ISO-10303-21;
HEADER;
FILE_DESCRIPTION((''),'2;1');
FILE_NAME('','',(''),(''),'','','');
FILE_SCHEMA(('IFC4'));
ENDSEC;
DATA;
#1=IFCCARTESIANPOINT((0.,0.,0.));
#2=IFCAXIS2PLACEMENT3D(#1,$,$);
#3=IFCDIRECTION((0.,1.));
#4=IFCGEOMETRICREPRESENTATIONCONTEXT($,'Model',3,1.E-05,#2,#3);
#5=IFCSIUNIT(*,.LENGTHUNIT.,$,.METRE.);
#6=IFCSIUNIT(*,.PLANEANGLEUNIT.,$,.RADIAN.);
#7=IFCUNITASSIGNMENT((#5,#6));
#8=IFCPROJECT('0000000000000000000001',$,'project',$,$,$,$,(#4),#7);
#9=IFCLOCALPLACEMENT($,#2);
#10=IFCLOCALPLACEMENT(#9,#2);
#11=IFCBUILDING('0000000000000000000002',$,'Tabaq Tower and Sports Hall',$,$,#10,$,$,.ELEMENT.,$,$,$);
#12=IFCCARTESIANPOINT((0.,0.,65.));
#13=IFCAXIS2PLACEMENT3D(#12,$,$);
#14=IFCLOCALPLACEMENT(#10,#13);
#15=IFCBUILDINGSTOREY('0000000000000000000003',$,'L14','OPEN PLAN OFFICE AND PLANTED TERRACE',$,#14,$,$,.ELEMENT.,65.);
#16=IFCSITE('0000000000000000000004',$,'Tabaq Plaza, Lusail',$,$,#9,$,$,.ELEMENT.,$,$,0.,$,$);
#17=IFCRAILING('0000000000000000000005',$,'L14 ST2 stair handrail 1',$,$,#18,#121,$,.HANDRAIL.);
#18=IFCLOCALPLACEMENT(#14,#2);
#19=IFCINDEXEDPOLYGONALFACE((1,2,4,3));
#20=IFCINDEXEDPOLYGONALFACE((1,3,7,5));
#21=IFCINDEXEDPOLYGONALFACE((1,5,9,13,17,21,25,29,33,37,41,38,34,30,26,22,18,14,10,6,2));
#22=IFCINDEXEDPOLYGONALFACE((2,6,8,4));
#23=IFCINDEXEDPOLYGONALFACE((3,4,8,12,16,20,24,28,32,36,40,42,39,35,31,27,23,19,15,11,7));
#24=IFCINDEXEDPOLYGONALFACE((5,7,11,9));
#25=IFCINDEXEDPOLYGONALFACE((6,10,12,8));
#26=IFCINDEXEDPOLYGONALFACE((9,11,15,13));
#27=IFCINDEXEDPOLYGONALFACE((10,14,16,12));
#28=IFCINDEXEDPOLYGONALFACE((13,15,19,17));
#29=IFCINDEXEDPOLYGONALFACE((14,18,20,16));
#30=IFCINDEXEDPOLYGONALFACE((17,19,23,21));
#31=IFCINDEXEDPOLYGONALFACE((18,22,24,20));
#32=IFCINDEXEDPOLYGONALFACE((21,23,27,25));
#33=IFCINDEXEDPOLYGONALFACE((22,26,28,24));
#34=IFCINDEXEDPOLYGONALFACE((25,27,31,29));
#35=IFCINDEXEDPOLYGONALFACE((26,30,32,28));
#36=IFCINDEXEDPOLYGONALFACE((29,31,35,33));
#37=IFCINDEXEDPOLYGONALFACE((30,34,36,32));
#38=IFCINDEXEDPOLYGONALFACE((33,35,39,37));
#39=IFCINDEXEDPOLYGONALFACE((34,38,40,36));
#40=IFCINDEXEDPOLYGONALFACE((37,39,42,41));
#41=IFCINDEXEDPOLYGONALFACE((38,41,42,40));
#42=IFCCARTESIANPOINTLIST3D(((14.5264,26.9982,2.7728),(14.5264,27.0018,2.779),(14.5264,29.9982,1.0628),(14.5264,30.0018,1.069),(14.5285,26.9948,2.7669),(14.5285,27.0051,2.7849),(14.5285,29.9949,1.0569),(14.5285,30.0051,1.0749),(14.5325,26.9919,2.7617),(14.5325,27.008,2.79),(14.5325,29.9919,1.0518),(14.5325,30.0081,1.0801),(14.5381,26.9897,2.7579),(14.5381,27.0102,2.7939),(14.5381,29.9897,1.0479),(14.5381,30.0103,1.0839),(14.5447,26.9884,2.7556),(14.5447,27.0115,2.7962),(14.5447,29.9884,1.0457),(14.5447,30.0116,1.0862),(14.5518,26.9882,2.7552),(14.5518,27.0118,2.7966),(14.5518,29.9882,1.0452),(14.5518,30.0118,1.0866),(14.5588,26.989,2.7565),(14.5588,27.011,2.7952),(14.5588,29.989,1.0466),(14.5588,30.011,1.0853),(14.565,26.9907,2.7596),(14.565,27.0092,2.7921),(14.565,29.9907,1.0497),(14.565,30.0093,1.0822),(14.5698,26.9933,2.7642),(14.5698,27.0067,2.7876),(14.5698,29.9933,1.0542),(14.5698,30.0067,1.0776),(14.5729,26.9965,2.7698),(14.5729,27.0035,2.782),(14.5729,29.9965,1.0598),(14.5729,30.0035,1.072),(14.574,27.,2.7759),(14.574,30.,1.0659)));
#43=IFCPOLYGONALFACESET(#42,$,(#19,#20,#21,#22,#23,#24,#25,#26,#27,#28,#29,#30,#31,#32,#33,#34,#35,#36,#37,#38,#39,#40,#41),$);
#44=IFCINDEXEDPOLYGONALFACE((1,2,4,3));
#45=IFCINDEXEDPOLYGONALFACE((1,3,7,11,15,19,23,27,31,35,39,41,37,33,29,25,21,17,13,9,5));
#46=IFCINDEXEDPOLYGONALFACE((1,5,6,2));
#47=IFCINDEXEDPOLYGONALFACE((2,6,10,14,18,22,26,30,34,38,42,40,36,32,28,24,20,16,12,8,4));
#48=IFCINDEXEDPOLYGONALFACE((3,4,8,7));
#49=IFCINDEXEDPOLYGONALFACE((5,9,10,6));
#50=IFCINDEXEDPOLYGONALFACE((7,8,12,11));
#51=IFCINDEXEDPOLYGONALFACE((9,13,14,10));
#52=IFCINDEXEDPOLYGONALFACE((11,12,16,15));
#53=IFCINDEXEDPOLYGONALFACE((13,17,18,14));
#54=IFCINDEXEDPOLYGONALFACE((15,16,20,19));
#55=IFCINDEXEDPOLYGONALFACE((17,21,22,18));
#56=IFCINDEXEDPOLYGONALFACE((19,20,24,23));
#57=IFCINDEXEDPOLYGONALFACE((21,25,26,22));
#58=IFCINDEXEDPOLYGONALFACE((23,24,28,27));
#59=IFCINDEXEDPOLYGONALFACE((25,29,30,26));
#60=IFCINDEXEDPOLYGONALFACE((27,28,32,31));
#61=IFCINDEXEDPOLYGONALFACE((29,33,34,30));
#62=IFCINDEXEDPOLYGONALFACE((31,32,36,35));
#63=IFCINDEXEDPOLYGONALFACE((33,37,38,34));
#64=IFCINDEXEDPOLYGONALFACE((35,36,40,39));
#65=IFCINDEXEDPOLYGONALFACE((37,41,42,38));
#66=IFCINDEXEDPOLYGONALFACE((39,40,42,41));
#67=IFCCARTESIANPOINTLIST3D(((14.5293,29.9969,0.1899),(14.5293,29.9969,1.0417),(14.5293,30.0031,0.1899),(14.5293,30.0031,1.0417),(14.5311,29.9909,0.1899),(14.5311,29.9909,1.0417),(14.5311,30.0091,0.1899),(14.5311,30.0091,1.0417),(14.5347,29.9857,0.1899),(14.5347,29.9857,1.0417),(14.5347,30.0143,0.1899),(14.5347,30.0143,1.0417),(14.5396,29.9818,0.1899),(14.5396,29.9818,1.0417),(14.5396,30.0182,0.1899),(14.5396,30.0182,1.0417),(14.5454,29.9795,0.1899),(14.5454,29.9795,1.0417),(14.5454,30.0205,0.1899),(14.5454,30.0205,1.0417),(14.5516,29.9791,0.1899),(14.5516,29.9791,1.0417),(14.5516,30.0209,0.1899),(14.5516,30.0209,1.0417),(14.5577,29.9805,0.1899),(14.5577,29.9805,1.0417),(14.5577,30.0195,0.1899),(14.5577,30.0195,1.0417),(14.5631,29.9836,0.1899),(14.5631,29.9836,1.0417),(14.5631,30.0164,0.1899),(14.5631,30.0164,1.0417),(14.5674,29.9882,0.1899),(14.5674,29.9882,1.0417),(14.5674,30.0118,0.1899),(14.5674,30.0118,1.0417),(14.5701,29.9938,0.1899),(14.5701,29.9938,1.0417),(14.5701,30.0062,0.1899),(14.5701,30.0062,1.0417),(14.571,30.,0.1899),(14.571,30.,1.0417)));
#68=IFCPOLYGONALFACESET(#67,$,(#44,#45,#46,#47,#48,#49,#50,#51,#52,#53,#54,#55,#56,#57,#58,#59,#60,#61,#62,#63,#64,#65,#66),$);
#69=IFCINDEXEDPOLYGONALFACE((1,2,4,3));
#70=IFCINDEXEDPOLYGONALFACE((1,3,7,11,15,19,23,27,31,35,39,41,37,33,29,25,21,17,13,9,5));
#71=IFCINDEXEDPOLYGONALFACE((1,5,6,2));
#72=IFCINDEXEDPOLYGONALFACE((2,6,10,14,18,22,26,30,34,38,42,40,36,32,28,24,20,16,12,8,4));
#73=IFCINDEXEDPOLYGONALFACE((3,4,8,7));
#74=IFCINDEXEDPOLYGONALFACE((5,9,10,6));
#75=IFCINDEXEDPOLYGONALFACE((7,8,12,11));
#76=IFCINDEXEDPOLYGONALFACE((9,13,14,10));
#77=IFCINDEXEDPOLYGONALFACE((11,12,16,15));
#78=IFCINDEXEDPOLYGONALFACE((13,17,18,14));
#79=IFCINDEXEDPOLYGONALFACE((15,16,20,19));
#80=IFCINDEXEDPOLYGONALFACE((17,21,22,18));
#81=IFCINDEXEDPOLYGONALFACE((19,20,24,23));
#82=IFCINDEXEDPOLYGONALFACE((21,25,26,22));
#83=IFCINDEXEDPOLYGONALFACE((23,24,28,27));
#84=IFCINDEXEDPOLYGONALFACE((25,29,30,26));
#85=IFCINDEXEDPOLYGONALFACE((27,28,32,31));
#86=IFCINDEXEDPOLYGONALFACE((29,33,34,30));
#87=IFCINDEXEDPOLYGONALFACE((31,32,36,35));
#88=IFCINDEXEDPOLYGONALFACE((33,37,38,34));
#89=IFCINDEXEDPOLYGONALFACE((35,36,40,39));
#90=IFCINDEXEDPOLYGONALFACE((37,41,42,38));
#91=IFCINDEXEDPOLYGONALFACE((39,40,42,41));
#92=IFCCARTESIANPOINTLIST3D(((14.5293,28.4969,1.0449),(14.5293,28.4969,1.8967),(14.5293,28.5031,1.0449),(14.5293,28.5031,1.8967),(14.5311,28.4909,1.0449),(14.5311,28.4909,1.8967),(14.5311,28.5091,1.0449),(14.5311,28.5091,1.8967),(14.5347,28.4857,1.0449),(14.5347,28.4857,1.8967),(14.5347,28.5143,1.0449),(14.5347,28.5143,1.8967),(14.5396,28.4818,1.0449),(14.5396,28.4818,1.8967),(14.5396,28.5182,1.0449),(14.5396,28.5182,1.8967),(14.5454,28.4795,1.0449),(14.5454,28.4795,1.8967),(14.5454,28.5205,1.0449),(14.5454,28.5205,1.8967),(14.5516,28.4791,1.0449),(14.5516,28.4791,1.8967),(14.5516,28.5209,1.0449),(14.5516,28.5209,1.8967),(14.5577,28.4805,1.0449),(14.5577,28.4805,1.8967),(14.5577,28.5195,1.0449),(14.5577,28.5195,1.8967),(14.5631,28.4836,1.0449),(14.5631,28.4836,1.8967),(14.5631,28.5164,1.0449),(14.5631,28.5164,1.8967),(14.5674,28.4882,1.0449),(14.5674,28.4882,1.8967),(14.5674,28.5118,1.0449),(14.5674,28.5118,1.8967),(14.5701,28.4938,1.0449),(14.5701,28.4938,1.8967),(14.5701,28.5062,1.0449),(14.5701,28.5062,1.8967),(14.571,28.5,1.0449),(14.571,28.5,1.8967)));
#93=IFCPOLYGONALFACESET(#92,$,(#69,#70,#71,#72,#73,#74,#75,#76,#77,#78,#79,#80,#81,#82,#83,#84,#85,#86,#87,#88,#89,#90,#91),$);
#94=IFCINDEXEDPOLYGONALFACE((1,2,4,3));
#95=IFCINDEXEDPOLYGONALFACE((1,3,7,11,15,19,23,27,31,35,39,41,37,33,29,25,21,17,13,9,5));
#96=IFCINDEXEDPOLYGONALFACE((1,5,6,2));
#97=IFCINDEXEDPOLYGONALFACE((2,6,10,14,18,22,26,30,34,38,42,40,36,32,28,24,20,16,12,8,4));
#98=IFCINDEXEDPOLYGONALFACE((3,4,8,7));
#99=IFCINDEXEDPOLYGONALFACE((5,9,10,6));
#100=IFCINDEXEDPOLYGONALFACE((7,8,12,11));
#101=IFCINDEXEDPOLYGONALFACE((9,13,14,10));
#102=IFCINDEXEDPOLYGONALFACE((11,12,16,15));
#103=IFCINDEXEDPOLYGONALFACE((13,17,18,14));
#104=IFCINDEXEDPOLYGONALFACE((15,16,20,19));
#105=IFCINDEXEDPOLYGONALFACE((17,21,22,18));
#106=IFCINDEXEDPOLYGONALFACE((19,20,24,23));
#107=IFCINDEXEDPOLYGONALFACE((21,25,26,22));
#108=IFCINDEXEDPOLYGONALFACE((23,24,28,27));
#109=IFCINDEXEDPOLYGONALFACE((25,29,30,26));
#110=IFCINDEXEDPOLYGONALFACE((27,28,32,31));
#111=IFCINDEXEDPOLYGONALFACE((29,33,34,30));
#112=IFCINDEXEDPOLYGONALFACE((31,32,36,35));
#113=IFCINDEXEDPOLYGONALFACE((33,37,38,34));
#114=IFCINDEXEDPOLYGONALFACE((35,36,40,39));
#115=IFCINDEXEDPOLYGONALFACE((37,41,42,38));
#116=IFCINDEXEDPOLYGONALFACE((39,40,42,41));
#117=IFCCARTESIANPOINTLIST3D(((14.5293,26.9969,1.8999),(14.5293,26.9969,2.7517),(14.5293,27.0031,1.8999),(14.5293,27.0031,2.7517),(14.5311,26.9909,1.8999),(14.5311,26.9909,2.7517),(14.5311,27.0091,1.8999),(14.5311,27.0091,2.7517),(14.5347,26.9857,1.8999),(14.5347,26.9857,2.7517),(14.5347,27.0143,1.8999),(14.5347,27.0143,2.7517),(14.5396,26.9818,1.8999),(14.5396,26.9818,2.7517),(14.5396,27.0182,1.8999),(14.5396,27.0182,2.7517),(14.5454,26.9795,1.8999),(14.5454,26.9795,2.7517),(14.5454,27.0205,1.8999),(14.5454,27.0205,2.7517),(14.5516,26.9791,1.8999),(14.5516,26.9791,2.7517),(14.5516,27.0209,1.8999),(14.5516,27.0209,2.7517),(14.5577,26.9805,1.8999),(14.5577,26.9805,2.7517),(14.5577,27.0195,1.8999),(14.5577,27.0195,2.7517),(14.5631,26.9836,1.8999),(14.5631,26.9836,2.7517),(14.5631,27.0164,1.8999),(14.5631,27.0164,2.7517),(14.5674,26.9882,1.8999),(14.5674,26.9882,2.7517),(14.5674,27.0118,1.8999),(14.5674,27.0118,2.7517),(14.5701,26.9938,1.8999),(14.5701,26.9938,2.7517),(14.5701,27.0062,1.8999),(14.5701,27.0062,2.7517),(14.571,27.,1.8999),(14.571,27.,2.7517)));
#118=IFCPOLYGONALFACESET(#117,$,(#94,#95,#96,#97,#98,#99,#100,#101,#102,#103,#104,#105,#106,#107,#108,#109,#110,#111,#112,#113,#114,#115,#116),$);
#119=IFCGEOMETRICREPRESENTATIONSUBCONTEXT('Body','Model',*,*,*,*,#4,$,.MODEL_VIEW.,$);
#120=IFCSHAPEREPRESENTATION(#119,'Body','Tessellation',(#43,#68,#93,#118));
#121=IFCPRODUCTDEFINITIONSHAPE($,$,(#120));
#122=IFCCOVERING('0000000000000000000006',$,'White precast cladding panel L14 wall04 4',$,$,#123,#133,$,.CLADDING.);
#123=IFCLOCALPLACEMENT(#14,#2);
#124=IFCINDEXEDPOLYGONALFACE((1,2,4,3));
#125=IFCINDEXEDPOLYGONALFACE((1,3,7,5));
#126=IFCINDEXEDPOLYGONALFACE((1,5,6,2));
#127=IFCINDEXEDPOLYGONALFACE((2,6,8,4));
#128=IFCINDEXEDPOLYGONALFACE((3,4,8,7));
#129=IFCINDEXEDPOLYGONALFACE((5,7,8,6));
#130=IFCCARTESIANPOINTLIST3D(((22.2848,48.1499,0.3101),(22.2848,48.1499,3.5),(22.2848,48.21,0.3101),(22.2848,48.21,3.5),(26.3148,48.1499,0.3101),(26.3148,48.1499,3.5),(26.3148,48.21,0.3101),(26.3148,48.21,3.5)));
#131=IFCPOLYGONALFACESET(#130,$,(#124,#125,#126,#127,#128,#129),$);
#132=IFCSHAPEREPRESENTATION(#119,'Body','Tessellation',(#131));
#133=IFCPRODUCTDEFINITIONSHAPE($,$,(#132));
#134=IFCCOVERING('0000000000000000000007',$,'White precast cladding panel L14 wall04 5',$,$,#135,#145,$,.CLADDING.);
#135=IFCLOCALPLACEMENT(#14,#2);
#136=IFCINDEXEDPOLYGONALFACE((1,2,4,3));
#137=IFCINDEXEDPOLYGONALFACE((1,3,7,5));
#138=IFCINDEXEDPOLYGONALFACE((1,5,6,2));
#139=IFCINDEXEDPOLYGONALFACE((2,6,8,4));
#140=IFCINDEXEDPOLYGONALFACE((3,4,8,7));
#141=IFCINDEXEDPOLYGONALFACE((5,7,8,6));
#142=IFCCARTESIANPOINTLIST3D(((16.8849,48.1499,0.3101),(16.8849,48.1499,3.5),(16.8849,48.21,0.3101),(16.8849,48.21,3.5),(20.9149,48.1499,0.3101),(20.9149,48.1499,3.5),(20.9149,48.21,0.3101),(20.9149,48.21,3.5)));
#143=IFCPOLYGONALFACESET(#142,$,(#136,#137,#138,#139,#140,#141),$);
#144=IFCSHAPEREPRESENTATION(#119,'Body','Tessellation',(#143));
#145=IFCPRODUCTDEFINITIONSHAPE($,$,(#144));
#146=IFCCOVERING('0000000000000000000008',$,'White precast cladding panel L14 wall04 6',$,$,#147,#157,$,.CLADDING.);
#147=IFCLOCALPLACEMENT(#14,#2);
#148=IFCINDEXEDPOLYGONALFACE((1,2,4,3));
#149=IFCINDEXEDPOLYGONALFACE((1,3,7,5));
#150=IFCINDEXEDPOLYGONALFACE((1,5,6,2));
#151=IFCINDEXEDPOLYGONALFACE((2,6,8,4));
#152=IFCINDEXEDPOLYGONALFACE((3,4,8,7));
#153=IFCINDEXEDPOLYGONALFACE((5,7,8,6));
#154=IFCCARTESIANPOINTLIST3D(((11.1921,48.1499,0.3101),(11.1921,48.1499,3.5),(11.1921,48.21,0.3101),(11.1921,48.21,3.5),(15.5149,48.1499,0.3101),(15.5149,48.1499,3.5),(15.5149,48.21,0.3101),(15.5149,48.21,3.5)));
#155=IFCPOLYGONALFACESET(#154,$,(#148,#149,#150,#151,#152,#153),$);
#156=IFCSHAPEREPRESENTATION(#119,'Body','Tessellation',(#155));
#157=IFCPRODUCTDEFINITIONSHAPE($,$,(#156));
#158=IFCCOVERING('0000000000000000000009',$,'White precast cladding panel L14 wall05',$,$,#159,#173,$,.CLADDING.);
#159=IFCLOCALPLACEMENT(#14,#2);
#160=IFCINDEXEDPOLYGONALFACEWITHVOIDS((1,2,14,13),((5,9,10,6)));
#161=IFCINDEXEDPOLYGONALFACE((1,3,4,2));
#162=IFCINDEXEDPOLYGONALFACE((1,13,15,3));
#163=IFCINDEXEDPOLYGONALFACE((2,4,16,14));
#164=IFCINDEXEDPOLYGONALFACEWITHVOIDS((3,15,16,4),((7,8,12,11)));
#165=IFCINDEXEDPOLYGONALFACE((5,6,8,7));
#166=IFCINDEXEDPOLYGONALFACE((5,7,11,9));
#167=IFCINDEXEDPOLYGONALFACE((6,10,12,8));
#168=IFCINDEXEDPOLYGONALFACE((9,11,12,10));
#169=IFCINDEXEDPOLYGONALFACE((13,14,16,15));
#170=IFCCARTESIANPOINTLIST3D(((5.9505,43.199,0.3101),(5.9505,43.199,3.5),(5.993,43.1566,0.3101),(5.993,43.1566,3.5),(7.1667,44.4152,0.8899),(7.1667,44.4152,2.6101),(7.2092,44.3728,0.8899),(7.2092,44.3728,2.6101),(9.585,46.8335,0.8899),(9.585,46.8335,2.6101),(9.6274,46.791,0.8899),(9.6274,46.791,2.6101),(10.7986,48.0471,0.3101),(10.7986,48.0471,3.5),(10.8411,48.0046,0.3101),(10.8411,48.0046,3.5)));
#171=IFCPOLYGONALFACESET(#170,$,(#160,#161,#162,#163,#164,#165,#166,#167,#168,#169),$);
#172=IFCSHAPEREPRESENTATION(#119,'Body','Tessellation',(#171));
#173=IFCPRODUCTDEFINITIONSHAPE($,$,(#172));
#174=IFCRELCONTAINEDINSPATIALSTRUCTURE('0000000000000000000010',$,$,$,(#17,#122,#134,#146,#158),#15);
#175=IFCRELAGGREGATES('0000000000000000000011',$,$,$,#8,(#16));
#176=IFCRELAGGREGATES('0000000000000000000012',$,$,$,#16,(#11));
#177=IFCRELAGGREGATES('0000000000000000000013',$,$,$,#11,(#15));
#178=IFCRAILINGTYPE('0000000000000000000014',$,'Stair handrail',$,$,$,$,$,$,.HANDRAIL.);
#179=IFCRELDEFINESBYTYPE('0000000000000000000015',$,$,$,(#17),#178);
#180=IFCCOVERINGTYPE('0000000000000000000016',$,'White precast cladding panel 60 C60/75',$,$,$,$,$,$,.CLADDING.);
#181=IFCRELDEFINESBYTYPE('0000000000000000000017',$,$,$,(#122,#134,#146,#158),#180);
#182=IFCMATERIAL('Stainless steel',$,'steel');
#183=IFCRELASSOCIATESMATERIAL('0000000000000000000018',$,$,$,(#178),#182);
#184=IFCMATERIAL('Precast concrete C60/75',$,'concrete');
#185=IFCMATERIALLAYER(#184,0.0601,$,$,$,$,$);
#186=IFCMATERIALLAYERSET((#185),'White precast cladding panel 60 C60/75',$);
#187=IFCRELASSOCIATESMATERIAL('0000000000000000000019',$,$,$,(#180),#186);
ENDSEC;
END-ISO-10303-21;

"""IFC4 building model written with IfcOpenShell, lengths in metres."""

from ifc_helpers import new_model, si_unit, direction, frame, frame_2d, origin, origin_2d, place, context, subcontext, project, spatial, polyline, rectangle, circle, outline, extrude, material, layer, layer_set, type_object, element, save


model = new_model("IFC4")

# Units and contexts
model_context = context("Model", 3, precision=1e-05, world=origin(), true_north=direction((0.0, 1.0)))
body_context = subcontext(model_context, "Body", "Model", "MODEL_VIEW")
ifc_project = project(units=[si_unit("LENGTHUNIT", "METRE"), si_unit("PLANEANGLEUNIT", "RADIAN")], contexts=[model_context])

# Site, building, storey
site_placement = place(None, origin())
site = spatial("IfcSite", under=ifc_project, at=site_placement, Name="Tabaq Plaza, Lusail", CompositionType="ELEMENT", RefElevation=0.0)
building_placement = place(site_placement, origin())
building = spatial("IfcBuilding", under=site, at=building_placement, Name="Tabaq Tower and Sports Hall", CompositionType="ELEMENT")
storey_placement = place(building_placement, frame((0.0, 0.0, 65.0)))
storey = spatial("IfcBuildingStorey", under=building, at=storey_placement, Name="L14", Description="OPEN PLAN OFFICE AND PLANTED TERRACE", CompositionType="ELEMENT", Elevation=65.0)

# Railing
ifc_material_1 = material(Name="Stainless steel", Category="steel")
railing_type = type_object("IfcRailingType", Name="Stair handrail", PredefinedType="HANDRAIL", material=ifc_material_1)
railing_placement = place(storey_placement, frame((14.55, 30.0, 0.1899)))
element("IfcRailing", 1, at=railing_placement, inside=storey, type_object=railing_type, Name="L14 ST2 stair handrail 1", PredefinedType="HANDRAIL", context=body_context, shape_type="SweptSolid", body=[
    extrude(circle(Radius=0.0239, at=origin_2d()), frame((0.0, 0.0, 0.876), z_axis=(0.0, -0.868782, 0.495195), x_axis=(1.0, 0.0, 0.0)), (0.0, 0.0, 1.0), 3.4531),
    extrude(circle(Radius=0.021, at=origin_2d()), origin(), (0.0, 0.0, 1.0), 0.8518),
    extrude(circle(Radius=0.021, at=origin_2d()), frame((0.0, -1.5, 0.855)), (0.0, 0.0, 1.0), 0.8518),
    extrude(circle(Radius=0.021, at=origin_2d()), frame((0.0, -3.0, 1.71)), (0.0, 0.0, 1.0), 0.8518),
])

# Coverings
ifc_material_2 = material(Name="Precast concrete C60/75", Category="concrete")
ifc_layer_1 = layer(ifc_material_2, 0.0601)
ifc_layer_set_1 = layer_set([ifc_layer_1], Name="White precast cladding panel 60 C60/75")
covering_type_1 = type_object("IfcCoveringType", Name="White precast cladding panel 60 C60/75", PredefinedType="CLADDING", material=ifc_layer_set_1)
for number, where, z_axis, x_axis, name in (
    (2, (26.3149, 48.1799, 0.3101), (0.0, 0.0, 1.0), (-1.0, 0.0, 0.0), "White precast cladding panel L14 wall04 4"),
    (3, (20.915, 48.1799, 0.3101), (0.0, 0.0, 1.0), (-1.0, 0.0, 0.0), "White precast cladding panel L14 wall04 5"),
):
    element("IfcCovering", number, at=place(storey_placement, frame(where, z_axis=z_axis, x_axis=x_axis)), inside=storey, type_object=covering_type_1, Name=name, PredefinedType="CLADDING", context=body_context, shape_type="SweptSolid", body=[
        extrude(rectangle(XDim=4.03, YDim=0.0601, at=frame_2d((2.0151, 0.0))), origin(), (0.0, 0.0, 1.0), 3.1899),
    ])
covering_1_placement = place(storey_placement, frame((15.5149, 48.1799, 0.3101), z_axis=(0.0, 0.0, 1.0), x_axis=(-1.0, 0.0, 0.0)))
element("IfcCovering", 4, at=covering_1_placement, inside=storey, type_object=covering_type_1, Name="White precast cladding panel L14 wall04 6", PredefinedType="CLADDING", context=body_context, shape_type="SweptSolid", body=[
    extrude(rectangle(XDim=4.3228, YDim=0.0601, at=frame_2d((2.1614, 0.0))), origin(), (0.0, 0.0, 1.0), 3.1899),
])
covering_2_placement = place(storey_placement, frame((10.8198, 48.0259, 0.3101), z_axis=(0.0, 0.0, 1.0), x_axis=(-0.707107, -0.707107, 0.0)))
element("IfcCovering", 5, at=covering_2_placement, inside=storey, type_object=covering_type_1, Name="White precast cladding panel L14 wall05", PredefinedType="CLADDING", context=body_context, shape_type="SweptSolid", body=[
    extrude(outline(polyline([(0.0, 0.0), (6.8562, 0.0), (6.8562, 3.1899), (0.0, 3.1899), (0.0, 0.0)]), holes=[polyline([(1.7163, 0.5798), (1.7163, 2.3), (5.1362, 2.3), (5.1362, 0.5798), (1.7163, 0.5798)])]), frame((0.0, 0.03, 0.0), z_axis=(0.0, -1.0, 0.0), x_axis=(1.0, 0.0, 0.0)), (0.0, 0.0, 1.0), 0.0601),
])

save(model, "model.ifc")
